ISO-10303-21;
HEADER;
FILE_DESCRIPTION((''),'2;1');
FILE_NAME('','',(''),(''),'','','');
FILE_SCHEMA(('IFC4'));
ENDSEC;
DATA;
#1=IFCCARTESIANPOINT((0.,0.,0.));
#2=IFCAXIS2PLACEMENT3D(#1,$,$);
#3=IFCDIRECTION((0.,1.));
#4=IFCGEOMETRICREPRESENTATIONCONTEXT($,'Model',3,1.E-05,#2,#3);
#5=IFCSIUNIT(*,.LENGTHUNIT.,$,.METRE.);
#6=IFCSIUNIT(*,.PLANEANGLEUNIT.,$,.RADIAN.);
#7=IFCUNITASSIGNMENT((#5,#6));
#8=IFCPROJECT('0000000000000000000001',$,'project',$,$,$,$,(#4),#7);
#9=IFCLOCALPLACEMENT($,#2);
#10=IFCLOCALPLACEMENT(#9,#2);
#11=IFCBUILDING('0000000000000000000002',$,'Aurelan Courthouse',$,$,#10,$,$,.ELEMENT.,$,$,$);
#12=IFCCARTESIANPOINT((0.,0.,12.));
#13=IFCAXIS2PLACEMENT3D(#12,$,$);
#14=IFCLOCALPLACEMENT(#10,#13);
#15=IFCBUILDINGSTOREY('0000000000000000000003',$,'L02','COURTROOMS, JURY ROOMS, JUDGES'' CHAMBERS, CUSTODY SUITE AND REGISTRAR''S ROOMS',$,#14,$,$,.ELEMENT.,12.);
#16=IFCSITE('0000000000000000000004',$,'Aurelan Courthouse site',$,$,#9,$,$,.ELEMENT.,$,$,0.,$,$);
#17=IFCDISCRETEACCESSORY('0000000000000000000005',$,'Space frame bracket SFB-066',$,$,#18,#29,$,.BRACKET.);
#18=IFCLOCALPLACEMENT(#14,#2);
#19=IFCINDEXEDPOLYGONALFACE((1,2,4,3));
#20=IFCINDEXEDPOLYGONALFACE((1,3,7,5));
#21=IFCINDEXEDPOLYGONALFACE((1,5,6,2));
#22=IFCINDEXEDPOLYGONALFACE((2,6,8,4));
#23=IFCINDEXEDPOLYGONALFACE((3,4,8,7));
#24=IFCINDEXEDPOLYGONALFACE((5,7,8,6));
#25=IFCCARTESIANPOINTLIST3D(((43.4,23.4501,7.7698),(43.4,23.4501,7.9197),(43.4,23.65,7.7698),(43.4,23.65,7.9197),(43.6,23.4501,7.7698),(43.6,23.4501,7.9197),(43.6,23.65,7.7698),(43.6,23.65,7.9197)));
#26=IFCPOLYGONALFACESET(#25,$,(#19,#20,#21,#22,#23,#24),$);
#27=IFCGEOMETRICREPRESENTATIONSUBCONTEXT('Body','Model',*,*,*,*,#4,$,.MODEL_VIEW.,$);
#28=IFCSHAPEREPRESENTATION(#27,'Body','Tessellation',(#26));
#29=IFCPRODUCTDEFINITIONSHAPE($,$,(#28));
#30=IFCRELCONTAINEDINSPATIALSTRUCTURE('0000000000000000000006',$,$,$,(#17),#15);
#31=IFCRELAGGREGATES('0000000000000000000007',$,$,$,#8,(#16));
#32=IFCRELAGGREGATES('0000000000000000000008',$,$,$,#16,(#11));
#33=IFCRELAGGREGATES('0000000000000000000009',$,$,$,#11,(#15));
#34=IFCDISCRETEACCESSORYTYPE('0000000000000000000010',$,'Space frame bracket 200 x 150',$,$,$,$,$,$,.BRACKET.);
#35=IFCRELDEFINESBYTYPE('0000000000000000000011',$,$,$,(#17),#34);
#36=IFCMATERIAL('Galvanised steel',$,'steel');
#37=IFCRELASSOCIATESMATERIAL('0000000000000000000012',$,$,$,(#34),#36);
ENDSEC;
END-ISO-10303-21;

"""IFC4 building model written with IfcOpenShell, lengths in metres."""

from ifc_helpers import new_model, si_unit, direction, frame, origin, origin_2d, place, context, subcontext, project, spatial, rectangle, extrude, material, type_object, element, save


model = new_model("IFC4")

# Units and contexts
model_context = context("Model", 3, precision=1e-05, world=origin(), true_north=direction((0.0, 1.0)))
body_context = subcontext(model_context, "Body", "Model", "MODEL_VIEW")
ifc_project = project(units=[si_unit("LENGTHUNIT", "METRE"), si_unit("PLANEANGLEUNIT", "RADIAN")], contexts=[model_context])

# Site, building, storey
site_placement = place(None, origin())
site = spatial("IfcSite", under=ifc_project, at=site_placement, Name="Aurelan Courthouse site", CompositionType="ELEMENT", RefElevation=0.0)
building_placement = place(site_placement, origin())
building = spatial("IfcBuilding", under=site, at=building_placement, Name="Aurelan Courthouse", CompositionType="ELEMENT")
storey_placement = place(building_placement, frame((0.0, 0.0, 12.0)))
storey = spatial("IfcBuildingStorey", under=building, at=storey_placement, Name="L02", Description="COURTROOMS, JURY ROOMS, JUDGES' CHAMBERS, CUSTODY SUITE AND REGISTRAR'S ROOMS", CompositionType="ELEMENT", Elevation=12.0)

# Discrete accessory
ifc_material_1 = material(Name="Galvanised steel", Category="steel")
discrete_accessory_type = type_object("IfcDiscreteAccessoryType", Name="Space frame bracket 200 x 150", PredefinedType="BRACKET", material=ifc_material_1)
for number, where, z_axis, x_axis, name in (
    (1, (43.5, 23.55, 7.7698), (0.0, 0.0, 1.0), (1.0, 0.0, 0.0), "Space frame bracket SFB-066"),
):
    element("IfcDiscreteAccessory", number, at=place(storey_placement, frame(where, z_axis=z_axis, x_axis=x_axis)), inside=storey, type_object=discrete_accessory_type, Name=name, PredefinedType="BRACKET", context=body_context, shape_type="SweptSolid", body=[
        extrude(rectangle(XDim=0.2, YDim=0.2, at=origin_2d()), origin(), (0.0, 0.0, 1.0), 0.1499),
    ])

save(model, "model.ifc")
